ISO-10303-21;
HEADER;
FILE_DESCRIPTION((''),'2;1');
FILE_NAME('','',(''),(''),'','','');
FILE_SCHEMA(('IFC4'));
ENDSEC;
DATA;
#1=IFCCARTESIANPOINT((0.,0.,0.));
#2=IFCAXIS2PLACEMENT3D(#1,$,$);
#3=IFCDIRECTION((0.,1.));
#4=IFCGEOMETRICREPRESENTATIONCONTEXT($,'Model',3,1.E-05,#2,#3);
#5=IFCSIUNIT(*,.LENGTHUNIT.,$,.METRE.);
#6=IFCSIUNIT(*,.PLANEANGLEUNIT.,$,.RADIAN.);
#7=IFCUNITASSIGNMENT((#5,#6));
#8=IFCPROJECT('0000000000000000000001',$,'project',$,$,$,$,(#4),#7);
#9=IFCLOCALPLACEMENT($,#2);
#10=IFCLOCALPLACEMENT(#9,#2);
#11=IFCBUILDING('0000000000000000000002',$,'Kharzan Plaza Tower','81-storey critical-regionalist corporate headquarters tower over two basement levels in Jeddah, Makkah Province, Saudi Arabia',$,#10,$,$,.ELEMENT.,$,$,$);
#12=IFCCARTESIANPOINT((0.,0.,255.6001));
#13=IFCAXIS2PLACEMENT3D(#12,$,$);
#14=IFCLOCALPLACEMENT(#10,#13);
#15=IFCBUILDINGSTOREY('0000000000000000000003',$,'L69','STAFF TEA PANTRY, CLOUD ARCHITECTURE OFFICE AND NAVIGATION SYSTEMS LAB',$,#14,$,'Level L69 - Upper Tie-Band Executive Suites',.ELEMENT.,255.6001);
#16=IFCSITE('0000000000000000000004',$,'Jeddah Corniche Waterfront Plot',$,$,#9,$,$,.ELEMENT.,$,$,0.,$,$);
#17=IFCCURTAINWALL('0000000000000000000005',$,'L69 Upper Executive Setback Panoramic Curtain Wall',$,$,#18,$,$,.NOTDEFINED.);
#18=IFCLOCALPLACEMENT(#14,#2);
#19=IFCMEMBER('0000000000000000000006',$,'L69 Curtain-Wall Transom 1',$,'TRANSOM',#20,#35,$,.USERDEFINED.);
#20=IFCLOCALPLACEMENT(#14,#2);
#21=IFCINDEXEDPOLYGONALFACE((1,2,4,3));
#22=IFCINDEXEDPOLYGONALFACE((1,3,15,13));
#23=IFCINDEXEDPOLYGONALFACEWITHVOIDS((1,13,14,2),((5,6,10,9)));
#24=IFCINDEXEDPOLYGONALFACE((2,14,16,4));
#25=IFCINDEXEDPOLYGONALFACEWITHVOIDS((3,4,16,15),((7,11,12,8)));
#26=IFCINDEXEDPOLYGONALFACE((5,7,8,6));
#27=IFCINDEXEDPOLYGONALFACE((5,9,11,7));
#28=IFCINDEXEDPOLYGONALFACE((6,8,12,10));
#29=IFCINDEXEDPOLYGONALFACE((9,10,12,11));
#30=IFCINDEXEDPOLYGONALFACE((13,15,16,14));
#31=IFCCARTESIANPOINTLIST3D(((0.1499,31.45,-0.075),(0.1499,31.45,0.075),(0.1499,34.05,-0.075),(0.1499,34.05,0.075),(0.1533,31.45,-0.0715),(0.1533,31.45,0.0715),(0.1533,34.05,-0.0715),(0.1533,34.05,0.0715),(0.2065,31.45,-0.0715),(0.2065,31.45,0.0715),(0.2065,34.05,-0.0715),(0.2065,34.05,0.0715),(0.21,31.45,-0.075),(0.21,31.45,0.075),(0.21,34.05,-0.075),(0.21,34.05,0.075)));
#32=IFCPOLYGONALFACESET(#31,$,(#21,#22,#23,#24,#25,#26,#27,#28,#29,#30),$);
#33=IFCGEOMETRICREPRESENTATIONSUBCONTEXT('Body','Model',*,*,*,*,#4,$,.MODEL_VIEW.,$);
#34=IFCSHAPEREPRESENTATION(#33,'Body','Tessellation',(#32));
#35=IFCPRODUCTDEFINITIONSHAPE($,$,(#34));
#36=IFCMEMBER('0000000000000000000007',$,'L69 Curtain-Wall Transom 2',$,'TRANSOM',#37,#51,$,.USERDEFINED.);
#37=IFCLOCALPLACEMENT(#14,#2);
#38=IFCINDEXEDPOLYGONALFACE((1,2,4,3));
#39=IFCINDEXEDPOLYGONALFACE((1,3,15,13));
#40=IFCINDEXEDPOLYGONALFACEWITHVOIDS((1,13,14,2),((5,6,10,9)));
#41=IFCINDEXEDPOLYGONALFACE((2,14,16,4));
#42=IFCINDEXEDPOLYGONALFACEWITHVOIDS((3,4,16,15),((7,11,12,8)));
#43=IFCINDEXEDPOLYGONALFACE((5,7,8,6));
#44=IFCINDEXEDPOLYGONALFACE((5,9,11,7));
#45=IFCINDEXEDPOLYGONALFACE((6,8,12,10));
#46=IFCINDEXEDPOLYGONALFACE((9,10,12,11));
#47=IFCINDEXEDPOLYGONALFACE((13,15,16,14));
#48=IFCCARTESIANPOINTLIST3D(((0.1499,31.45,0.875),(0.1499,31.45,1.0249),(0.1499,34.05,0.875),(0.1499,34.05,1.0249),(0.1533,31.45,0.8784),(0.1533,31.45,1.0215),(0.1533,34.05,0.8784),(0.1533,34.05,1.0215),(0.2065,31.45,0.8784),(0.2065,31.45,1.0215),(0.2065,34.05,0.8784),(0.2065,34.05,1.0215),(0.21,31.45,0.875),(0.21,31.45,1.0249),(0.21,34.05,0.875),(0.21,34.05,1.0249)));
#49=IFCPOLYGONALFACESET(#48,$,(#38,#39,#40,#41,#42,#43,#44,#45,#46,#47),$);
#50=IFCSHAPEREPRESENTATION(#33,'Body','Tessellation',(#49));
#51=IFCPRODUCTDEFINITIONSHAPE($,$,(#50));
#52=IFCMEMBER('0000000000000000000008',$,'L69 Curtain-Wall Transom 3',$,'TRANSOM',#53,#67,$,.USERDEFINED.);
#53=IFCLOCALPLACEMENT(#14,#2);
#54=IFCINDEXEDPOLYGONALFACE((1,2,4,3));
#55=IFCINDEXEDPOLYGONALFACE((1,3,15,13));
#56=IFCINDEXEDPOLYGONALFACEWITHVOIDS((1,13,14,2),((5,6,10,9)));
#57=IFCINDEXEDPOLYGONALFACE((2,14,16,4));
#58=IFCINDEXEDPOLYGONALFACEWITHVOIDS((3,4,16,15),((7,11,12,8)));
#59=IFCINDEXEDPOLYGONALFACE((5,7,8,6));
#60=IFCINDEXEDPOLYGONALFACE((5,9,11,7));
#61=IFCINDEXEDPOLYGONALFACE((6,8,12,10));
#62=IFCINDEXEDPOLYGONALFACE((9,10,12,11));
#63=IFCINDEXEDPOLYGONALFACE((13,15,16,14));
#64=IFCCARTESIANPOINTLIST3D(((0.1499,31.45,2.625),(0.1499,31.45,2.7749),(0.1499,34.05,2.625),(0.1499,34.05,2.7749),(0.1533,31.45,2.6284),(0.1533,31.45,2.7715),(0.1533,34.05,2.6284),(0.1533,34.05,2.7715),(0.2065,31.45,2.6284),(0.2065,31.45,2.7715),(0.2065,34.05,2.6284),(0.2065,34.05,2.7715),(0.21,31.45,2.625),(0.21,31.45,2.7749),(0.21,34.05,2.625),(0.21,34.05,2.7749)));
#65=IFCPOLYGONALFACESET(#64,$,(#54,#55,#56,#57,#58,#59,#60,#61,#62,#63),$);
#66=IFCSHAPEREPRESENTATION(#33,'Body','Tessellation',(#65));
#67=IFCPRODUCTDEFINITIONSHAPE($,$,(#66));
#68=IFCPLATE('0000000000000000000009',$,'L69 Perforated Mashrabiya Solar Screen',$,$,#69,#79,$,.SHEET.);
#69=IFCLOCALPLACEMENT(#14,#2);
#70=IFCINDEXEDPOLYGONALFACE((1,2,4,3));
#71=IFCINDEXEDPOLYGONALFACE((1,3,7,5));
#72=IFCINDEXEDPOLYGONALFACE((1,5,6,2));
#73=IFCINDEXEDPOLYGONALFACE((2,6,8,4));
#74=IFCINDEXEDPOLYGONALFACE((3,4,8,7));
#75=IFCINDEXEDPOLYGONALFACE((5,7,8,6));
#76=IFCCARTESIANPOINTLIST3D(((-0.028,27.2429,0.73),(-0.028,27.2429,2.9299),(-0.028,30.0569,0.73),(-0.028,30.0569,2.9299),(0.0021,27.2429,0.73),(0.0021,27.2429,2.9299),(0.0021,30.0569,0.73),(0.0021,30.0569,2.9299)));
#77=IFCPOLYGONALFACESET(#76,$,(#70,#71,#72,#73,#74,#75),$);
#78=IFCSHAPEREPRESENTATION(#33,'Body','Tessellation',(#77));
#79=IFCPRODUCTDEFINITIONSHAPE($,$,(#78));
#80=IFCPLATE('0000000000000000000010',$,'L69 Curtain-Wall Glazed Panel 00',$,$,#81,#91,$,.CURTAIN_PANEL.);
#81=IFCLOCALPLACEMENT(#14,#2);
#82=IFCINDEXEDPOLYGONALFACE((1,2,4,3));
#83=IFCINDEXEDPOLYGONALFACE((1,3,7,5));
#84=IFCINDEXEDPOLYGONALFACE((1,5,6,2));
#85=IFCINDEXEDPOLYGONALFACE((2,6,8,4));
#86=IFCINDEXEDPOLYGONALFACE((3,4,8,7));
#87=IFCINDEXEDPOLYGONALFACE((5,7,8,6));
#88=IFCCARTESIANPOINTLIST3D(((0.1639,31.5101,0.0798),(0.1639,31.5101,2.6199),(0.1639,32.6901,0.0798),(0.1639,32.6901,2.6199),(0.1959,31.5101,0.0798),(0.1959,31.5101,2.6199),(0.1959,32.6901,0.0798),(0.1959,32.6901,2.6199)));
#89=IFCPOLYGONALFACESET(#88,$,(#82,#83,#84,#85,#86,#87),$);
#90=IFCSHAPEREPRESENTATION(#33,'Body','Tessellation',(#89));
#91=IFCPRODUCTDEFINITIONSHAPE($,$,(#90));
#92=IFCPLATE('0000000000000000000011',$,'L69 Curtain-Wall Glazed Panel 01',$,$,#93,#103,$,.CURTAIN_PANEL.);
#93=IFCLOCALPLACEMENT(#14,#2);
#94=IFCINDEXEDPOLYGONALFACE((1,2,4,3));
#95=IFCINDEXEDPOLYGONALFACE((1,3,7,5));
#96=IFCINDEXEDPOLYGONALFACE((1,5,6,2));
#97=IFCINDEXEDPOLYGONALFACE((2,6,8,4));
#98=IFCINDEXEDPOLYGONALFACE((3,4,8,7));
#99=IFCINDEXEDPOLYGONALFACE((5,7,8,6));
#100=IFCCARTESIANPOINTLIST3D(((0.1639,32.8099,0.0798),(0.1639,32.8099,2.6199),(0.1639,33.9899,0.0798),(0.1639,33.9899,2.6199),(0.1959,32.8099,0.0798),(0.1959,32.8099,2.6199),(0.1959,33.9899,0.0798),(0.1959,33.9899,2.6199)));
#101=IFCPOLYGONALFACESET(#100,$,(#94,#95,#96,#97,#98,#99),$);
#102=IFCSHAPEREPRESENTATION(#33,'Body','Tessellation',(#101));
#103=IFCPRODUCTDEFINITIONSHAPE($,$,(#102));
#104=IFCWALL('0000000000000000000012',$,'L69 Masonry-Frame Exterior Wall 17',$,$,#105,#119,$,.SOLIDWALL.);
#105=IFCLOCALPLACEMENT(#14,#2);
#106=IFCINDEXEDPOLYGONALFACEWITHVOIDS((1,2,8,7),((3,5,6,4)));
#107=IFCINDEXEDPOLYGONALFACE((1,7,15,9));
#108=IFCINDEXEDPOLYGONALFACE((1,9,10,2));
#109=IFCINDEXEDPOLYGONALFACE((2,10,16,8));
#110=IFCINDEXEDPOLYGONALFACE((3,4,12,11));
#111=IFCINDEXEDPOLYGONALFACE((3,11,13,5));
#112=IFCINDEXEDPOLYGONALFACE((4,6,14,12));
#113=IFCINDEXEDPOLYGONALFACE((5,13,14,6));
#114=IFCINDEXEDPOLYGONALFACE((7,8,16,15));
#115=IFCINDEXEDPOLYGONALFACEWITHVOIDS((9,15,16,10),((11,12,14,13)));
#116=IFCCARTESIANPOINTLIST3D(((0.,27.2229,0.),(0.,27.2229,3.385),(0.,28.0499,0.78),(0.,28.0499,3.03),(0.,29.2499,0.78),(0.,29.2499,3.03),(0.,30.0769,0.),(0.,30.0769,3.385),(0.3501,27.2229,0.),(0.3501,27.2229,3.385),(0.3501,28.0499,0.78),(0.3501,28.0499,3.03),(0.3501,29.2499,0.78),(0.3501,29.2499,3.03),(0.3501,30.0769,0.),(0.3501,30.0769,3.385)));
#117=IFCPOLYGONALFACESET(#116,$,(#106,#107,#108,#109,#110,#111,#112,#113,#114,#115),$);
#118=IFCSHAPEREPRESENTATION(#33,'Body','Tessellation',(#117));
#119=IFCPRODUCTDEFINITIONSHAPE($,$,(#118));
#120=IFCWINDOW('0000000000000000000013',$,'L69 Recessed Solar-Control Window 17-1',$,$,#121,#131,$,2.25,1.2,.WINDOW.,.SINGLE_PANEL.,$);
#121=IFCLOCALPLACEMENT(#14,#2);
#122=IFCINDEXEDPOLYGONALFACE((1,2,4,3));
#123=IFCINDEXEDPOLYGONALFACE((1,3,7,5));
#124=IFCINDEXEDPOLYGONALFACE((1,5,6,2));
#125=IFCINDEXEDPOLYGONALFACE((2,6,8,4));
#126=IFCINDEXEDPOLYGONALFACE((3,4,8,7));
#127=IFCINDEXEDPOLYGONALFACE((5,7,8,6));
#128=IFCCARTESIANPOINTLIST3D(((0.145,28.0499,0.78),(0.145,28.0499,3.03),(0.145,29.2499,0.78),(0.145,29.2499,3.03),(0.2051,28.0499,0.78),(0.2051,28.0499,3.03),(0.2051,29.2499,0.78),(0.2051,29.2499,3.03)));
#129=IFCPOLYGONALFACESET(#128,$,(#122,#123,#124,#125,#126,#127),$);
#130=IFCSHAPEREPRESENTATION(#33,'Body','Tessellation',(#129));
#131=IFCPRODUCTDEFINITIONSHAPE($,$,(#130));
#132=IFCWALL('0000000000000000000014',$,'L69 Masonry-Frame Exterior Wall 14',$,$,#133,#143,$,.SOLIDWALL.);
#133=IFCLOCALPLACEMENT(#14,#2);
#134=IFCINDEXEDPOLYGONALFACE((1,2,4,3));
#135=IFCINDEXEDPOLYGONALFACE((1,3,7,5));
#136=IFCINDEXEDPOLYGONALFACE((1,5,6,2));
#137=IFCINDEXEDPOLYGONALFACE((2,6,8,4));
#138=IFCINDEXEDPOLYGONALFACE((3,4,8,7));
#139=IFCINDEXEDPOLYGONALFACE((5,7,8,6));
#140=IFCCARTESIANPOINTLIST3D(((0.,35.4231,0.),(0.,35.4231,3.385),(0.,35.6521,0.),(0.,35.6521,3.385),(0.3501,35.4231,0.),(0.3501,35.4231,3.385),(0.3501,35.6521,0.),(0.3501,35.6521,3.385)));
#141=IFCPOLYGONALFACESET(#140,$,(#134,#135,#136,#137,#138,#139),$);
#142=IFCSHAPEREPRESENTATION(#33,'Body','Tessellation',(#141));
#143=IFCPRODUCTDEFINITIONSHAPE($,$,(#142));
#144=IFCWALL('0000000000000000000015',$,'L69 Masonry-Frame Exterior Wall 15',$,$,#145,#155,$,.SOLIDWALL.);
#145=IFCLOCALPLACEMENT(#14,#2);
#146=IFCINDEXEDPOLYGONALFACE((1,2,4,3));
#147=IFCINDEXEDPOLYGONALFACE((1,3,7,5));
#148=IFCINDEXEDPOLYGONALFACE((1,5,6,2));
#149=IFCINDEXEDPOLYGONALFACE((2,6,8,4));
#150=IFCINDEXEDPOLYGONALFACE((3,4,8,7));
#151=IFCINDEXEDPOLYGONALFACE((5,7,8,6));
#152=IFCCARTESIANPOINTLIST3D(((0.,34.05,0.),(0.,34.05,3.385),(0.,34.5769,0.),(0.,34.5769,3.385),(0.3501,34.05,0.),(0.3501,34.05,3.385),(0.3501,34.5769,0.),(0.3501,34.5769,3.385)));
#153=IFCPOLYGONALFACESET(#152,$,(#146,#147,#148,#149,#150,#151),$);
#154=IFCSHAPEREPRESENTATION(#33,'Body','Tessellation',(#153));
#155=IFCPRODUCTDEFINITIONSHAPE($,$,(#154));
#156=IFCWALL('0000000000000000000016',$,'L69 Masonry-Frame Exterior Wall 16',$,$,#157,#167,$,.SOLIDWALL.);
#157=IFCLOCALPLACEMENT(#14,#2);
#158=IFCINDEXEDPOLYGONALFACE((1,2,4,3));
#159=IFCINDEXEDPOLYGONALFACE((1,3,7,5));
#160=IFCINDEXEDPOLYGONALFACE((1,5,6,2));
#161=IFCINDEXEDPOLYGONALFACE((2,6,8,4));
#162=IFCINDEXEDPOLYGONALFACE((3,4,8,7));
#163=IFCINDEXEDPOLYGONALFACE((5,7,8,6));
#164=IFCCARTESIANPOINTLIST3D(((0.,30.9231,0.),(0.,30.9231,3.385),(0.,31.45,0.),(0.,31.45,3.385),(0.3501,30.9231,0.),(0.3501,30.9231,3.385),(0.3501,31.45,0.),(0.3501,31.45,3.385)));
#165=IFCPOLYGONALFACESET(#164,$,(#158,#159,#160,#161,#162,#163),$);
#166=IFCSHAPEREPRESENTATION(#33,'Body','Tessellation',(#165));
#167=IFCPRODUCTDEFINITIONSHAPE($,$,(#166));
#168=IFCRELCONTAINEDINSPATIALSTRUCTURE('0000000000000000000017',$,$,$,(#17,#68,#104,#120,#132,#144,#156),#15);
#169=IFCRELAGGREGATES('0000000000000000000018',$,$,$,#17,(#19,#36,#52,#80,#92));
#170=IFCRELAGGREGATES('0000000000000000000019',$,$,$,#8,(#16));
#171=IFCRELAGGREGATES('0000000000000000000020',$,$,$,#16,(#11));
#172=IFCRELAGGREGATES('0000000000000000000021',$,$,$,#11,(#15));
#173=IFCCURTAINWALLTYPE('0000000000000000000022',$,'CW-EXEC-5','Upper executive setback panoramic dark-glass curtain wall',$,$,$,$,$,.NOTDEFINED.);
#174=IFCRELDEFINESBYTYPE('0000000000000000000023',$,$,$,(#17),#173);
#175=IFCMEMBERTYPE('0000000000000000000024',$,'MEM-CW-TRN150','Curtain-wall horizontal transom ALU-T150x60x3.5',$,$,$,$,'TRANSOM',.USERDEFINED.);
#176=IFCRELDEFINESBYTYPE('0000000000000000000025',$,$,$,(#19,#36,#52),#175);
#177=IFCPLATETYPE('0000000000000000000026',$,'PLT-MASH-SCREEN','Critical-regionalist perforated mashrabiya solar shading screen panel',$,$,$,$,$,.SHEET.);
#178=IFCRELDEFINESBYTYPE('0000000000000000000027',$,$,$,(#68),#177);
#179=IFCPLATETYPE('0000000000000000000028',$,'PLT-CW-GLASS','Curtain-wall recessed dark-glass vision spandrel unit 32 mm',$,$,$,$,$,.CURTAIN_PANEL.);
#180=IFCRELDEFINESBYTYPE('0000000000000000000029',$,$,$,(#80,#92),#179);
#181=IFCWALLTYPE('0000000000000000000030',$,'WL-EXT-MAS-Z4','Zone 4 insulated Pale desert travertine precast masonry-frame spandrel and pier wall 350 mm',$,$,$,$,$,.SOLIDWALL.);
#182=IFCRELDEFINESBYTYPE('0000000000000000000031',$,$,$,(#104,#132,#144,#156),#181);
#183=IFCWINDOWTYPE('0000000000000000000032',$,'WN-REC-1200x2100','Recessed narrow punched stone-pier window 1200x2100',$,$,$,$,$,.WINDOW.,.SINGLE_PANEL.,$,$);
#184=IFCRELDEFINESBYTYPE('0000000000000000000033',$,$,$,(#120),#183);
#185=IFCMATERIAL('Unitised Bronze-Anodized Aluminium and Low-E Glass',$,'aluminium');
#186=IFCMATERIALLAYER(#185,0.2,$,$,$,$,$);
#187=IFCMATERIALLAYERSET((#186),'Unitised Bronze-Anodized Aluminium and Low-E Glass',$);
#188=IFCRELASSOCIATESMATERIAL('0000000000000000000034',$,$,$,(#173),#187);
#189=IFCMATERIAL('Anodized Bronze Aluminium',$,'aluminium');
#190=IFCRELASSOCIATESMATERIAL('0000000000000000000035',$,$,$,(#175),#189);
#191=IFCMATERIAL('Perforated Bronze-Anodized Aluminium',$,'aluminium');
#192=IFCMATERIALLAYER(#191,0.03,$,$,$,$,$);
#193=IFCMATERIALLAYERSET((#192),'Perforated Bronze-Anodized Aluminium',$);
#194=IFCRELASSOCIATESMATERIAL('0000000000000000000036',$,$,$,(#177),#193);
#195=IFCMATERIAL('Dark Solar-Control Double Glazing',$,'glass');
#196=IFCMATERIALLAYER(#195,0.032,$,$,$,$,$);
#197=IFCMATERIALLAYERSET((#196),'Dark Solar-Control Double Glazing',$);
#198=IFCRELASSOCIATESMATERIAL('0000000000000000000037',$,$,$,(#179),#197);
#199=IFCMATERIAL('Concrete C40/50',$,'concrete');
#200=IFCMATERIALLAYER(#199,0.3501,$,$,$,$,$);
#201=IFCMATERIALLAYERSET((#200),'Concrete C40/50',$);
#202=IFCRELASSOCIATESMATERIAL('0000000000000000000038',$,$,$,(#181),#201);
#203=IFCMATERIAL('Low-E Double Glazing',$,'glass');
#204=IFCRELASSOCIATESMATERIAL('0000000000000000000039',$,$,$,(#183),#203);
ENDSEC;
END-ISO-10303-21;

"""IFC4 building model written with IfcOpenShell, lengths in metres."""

from ifc_helpers import new_model, si_unit, direction, frame, frame_2d, origin, origin_2d, place, context, subcontext, project, spatial, rectangle, hollow_rectangle, extrude, source, transform, mapped, material, layer, layer_set, material_profile, profile_set, type_object, element, fill, aggregate, save


model = new_model("IFC4")

# Units and contexts
model_context = context("Model", 3, precision=1e-05, world=origin(), true_north=direction((0.0, 1.0)))
body_context = subcontext(model_context, "Body", "Model", "MODEL_VIEW")
ifc_project = project(units=[si_unit("LENGTHUNIT", "METRE"), si_unit("PLANEANGLEUNIT", "RADIAN")], contexts=[model_context])

# Site, building, storey
site_placement = place(None, origin())
site = spatial("IfcSite", under=ifc_project, at=site_placement, Name="Jeddah Corniche Waterfront Plot", CompositionType="ELEMENT", RefElevation=0.0)
building_placement = place(site_placement, origin())
building = spatial("IfcBuilding", under=site, at=building_placement, Name="Kharzan Plaza Tower", Description="81-storey critical-regionalist corporate headquarters tower over two basement levels in Jeddah, Makkah Province, Saudi Arabia", CompositionType="ELEMENT")
storey_placement = place(building_placement, frame((0.0, 0.0, 255.6001)))
storey = spatial("IfcBuildingStorey", under=building, at=storey_placement, Name="L69", Description="STAFF TEA PANTRY, CLOUD ARCHITECTURE OFFICE AND NAVIGATION SYSTEMS LAB", LongName="Level L69 - Upper Tie-Band Executive Suites", CompositionType="ELEMENT", Elevation=255.6001)

# Curtain wall
ifc_material_1 = material(Name="Unitised Bronze-Anodized Aluminium and Low-E Glass", Category="aluminium")
ifc_layer_1 = layer(ifc_material_1, 0.2)
ifc_layer_set_1 = layer_set([ifc_layer_1], Name="Unitised Bronze-Anodized Aluminium and Low-E Glass")
curtain_wall_type = type_object("IfcCurtainWallType", Name="CW-EXEC-5", Description="Upper executive setback panoramic dark-glass curtain wall", PredefinedType="NOTDEFINED", material=ifc_layer_set_1)
curtain_wall_placement = place(storey_placement, origin())
curtain_wall = element("IfcCurtainWall", 1, at=curtain_wall_placement, inside=storey, type_object=curtain_wall_type, Name="L69 Upper Executive Setback Panoramic Curtain Wall", PredefinedType="NOTDEFINED")
ifc_material_2 = material(Name="Anodized Bronze Aluminium", Category="aluminium")

# Members
ifc_material_profile_1 = material_profile(ifc_material_2, hollow_rectangle(XDim=0.0601, YDim=0.1499, WallThickness=0.0034, at=origin_2d()), Name="ALU-T150x60x3.5")
ifc_profile_set_1 = profile_set([ifc_material_profile_1], Name="Anodized Bronze Aluminium")
member_type_1 = type_object("IfcMemberType", Name="MEM-CW-TRN150", Description="Curtain-wall horizontal transom ALU-T150x60x3.5", ElementType="TRANSOM", PredefinedType="USERDEFINED", material=ifc_profile_set_1)
shared_shape_1 = source(origin(), body_context, "Body", "SweptSolid", [
    extrude(hollow_rectangle(XDim=0.0601, YDim=0.1499, WallThickness=0.0034, at=origin_2d()), origin(), (0.0, 0.0, 1.0), 2.6001),
])
member_1_placement = place(storey_placement, frame((0.1799, 31.45, 0.0), z_axis=(0.0, 1.0, 0.0), x_axis=(-1.0, 0.0, 0.0)))
member_1 = element("IfcMember", 2, at=member_1_placement, type_object=member_type_1, Name="L69 Curtain-Wall Transom 1", ObjectType="TRANSOM", PredefinedType="USERDEFINED", context=body_context, shape_type="MappedRepresentation", body=[
    mapped(shared_shape_1, transform((0.0, 0.0, 0.0), x_axis=(1.0, 0.0, 0.0), y_axis=(0.0, 1.0, 0.0), z_axis=(0.0, 0.0, 1.0))),
])
member_2_placement = place(storey_placement, frame((0.1799, 31.45, 0.95), z_axis=(0.0, 1.0, 0.0), x_axis=(-1.0, 0.0, 0.0)))
member_2 = element("IfcMember", 3, at=member_2_placement, type_object=member_type_1, Name="L69 Curtain-Wall Transom 2", ObjectType="TRANSOM", PredefinedType="USERDEFINED", context=body_context, shape_type="MappedRepresentation", body=[
    mapped(shared_shape_1, transform((0.0, 0.0, 0.0), x_axis=(1.0, 0.0, 0.0), y_axis=(0.0, 1.0, 0.0), z_axis=(0.0, 0.0, 1.0))),
])
member_3_placement = place(storey_placement, frame((0.1799, 31.45, 2.7), z_axis=(0.0, 1.0, 0.0), x_axis=(-1.0, 0.0, 0.0)))
member_3 = element("IfcMember", 4, at=member_3_placement, type_object=member_type_1, Name="L69 Curtain-Wall Transom 3", ObjectType="TRANSOM", PredefinedType="USERDEFINED", context=body_context, shape_type="MappedRepresentation", body=[
    mapped(shared_shape_1, transform((0.0, 0.0, 0.0), x_axis=(1.0, 0.0, 0.0), y_axis=(0.0, 1.0, 0.0), z_axis=(0.0, 0.0, 1.0))),
])

# Plates
ifc_material_3 = material(Name="Perforated Bronze-Anodized Aluminium", Category="aluminium")
ifc_layer_2 = layer(ifc_material_3, 0.03)
ifc_layer_set_2 = layer_set([ifc_layer_2], Name="Perforated Bronze-Anodized Aluminium")
plate_type_1 = type_object("IfcPlateType", Name="PLT-MASH-SCREEN", Description="Critical-regionalist perforated mashrabiya solar shading screen panel", PredefinedType="SHEET", material=ifc_layer_set_2)
shared_shape_2 = source(origin(), body_context, "Body", "SweptSolid", [
    extrude(rectangle(XDim=2.814, YDim=0.03, at=origin_2d()), origin(), (0.0, 0.0, 1.0), 2.2),
])
plate_1_placement = place(storey_placement, frame((-0.0129, 28.6499, 0.73), z_axis=(0.0, 0.0, 1.0), x_axis=(0.0, -1.0, 0.0)))
element("IfcPlate", 5, at=plate_1_placement, inside=storey, type_object=plate_type_1, Name="L69 Perforated Mashrabiya Solar Screen", PredefinedType="SHEET", context=body_context, shape_type="MappedRepresentation", body=[
    mapped(shared_shape_2, transform((0.0, 0.0, 0.0), x_axis=(1.0, 0.0, 0.0), y_axis=(0.0, 1.0, 0.0), z_axis=(0.0, 0.0, 1.0))),
])
ifc_material_4 = material(Name="Dark Solar-Control Double Glazing", Category="glass")
ifc_layer_3 = layer(ifc_material_4, 0.032)
ifc_layer_set_3 = layer_set([ifc_layer_3], Name="Dark Solar-Control Double Glazing")
plate_type_2 = type_object("IfcPlateType", Name="PLT-CW-GLASS", Description="Curtain-wall recessed dark-glass vision spandrel unit 32 mm", PredefinedType="CURTAIN_PANEL", material=ifc_layer_set_3)
shared_shape_3 = source(origin(), body_context, "Body", "SweptSolid", [
    extrude(rectangle(XDim=1.1799, YDim=0.032, at=origin_2d()), origin(), (0.0, 0.0, 1.0), 2.54),
])
plate_2_placement = place(storey_placement, frame((0.1799, 32.1001, 0.0798), z_axis=(0.0, 0.0, 1.0), x_axis=(0.0, 1.0, 0.0)))
plate_2 = element("IfcPlate", 6, at=plate_2_placement, type_object=plate_type_2, Name="L69 Curtain-Wall Glazed Panel 00", PredefinedType="CURTAIN_PANEL", context=body_context, shape_type="MappedRepresentation", body=[
    mapped(shared_shape_3, transform((0.0, 0.0, 0.0), x_axis=(1.0, 0.0, 0.0), y_axis=(0.0, 1.0, 0.0), z_axis=(0.0, 0.0, 1.0))),
])
plate_3_placement = place(storey_placement, frame((0.1799, 33.3999, 0.0798), z_axis=(0.0, 0.0, 1.0), x_axis=(0.0, 1.0, 0.0)))
plate_3 = element("IfcPlate", 7, at=plate_3_placement, type_object=plate_type_2, Name="L69 Curtain-Wall Glazed Panel 01", PredefinedType="CURTAIN_PANEL", context=body_context, shape_type="MappedRepresentation", body=[
    mapped(shared_shape_3, transform((0.0, 0.0, 0.0), x_axis=(1.0, 0.0, 0.0), y_axis=(0.0, 1.0, 0.0), z_axis=(0.0, 0.0, 1.0))),
])
aggregate(curtain_wall, [member_1, member_2, member_3, plate_2, plate_3])

# Wall, opening, window
ifc_material_5 = material(Name="Concrete C40/50", Category="concrete")
ifc_layer_4 = layer(ifc_material_5, 0.3501)
ifc_layer_set_4 = layer_set([ifc_layer_4], Name="Concrete C40/50")
wall_type_1 = type_object("IfcWallType", Name="WL-EXT-MAS-Z4", Description="Zone 4 insulated Pale desert travertine precast masonry-frame spandrel and pier wall 350 mm", PredefinedType="SOLIDWALL", material=ifc_layer_set_4)
wall_1_placement = place(storey_placement, frame((0.175, 30.0769, 0.0), z_axis=(0.0, 0.0, 1.0), x_axis=(0.0, -1.0, 0.0)))
wall_1 = element("IfcWall", 8, at=wall_1_placement, inside=storey, type_object=wall_type_1, Name="L69 Masonry-Frame Exterior Wall 17", PredefinedType="SOLIDWALL", context=body_context, shape_type="SweptSolid", body=[
    extrude(rectangle(XDim=2.854, YDim=0.3501, at=frame_2d((1.427, 0.0))), origin(), (0.0, 0.0, 1.0), 3.385),
])
opening_placement = place(wall_1_placement, frame((0.8269, 0.0, 0.78)))
opening = element("IfcOpeningElement", 9, at=opening_placement, cuts=wall_1, PredefinedType="OPENING", context=body_context, shape_type="SweptSolid", body=[
    extrude(rectangle(XDim=1.2, YDim=2.25, at=frame_2d((0.6001, 1.125))), frame((0.0, 0.1851, 0.0), z_axis=(0.0, -1.0, 0.0), x_axis=(1.0, 0.0, 0.0)), (0.0, 0.0, 1.0), 0.3701),
])
ifc_material_6 = material(Name="Low-E Double Glazing", Category="glass")
window_type = type_object("IfcWindowType", Name="WN-REC-1200x2100", Description="Recessed narrow punched stone-pier window 1200x2100", PartitioningType="SINGLE_PANEL", PredefinedType="WINDOW", material=ifc_material_6)
shared_shape_4 = source(origin(), body_context, "Body", "SweptSolid", [
    extrude(rectangle(XDim=1.2, YDim=2.25, at=frame_2d((0.6001, 1.125))), frame((0.0, 0.03, 0.0), z_axis=(0.0, -1.0, 0.0), x_axis=(1.0, 0.0, 0.0)), (0.0, 0.0, 1.0), 0.0601),
])
window_placement = place(opening_placement, origin())
window = element("IfcWindow", 10, at=window_placement, inside=storey, type_object=window_type, Name="L69 Recessed Solar-Control Window 17-1", OverallHeight=2.25, OverallWidth=1.2, PartitioningType="SINGLE_PANEL", PredefinedType="WINDOW", context=body_context, shape_type="MappedRepresentation", body=[
    mapped(shared_shape_4, transform((0.0, 0.0, 0.0), x_axis=(1.0, 0.0, 0.0), y_axis=(0.0, 1.0, 0.0), z_axis=(0.0, 0.0, 1.0))),
])
fill(opening, window)

# Walls
shared_shape_5 = source(origin(), body_context, "Body", "SweptSolid", [
    extrude(rectangle(XDim=0.229, YDim=0.3501, at=frame_2d((0.1145, 0.0))), origin(), (0.0, 0.0, 1.0), 3.385),
])
wall_2_placement = place(storey_placement, frame((0.175, 35.6521, 0.0), z_axis=(0.0, 0.0, 1.0), x_axis=(0.0, -1.0, 0.0)))
element("IfcWall", 11, at=wall_2_placement, inside=storey, type_object=wall_type_1, Name="L69 Masonry-Frame Exterior Wall 14", PredefinedType="SOLIDWALL", context=body_context, shape_type="MappedRepresentation", body=[
    mapped(shared_shape_5, transform((0.0, 0.0, 0.0), x_axis=(1.0, 0.0, 0.0), y_axis=(0.0, 1.0, 0.0), z_axis=(0.0, 0.0, 1.0))),
])
shared_shape_6 = source(origin(), body_context, "Body", "SweptSolid", [
    extrude(rectangle(XDim=0.5269, YDim=0.3501, at=frame_2d((0.2634, 0.0))), origin(), (0.0, 0.0, 1.0), 3.385),
])
for number, where, z_axis, x_axis, name in (
    (12, (0.175, 34.5769, 0.0), (0.0, 0.0, 1.0), (0.0, -1.0, 0.0), "L69 Masonry-Frame Exterior Wall 15"),
    (13, (0.175, 31.45, 0.0), (0.0, 0.0, 1.0), (0.0, -1.0, 0.0), "L69 Masonry-Frame Exterior Wall 16"),
):
    element("IfcWall", number, at=place(storey_placement, frame(where, z_axis=z_axis, x_axis=x_axis)), inside=storey, type_object=wall_type_1, Name=name, PredefinedType="SOLIDWALL", context=body_context, shape_type="MappedRepresentation", body=[
        mapped(shared_shape_6, transform((0.0, 0.0, 0.0), x_axis=(1.0, 0.0, 0.0), y_axis=(0.0, 1.0, 0.0), z_axis=(0.0, 0.0, 1.0))),
    ])

save(model, "model.ifc")
